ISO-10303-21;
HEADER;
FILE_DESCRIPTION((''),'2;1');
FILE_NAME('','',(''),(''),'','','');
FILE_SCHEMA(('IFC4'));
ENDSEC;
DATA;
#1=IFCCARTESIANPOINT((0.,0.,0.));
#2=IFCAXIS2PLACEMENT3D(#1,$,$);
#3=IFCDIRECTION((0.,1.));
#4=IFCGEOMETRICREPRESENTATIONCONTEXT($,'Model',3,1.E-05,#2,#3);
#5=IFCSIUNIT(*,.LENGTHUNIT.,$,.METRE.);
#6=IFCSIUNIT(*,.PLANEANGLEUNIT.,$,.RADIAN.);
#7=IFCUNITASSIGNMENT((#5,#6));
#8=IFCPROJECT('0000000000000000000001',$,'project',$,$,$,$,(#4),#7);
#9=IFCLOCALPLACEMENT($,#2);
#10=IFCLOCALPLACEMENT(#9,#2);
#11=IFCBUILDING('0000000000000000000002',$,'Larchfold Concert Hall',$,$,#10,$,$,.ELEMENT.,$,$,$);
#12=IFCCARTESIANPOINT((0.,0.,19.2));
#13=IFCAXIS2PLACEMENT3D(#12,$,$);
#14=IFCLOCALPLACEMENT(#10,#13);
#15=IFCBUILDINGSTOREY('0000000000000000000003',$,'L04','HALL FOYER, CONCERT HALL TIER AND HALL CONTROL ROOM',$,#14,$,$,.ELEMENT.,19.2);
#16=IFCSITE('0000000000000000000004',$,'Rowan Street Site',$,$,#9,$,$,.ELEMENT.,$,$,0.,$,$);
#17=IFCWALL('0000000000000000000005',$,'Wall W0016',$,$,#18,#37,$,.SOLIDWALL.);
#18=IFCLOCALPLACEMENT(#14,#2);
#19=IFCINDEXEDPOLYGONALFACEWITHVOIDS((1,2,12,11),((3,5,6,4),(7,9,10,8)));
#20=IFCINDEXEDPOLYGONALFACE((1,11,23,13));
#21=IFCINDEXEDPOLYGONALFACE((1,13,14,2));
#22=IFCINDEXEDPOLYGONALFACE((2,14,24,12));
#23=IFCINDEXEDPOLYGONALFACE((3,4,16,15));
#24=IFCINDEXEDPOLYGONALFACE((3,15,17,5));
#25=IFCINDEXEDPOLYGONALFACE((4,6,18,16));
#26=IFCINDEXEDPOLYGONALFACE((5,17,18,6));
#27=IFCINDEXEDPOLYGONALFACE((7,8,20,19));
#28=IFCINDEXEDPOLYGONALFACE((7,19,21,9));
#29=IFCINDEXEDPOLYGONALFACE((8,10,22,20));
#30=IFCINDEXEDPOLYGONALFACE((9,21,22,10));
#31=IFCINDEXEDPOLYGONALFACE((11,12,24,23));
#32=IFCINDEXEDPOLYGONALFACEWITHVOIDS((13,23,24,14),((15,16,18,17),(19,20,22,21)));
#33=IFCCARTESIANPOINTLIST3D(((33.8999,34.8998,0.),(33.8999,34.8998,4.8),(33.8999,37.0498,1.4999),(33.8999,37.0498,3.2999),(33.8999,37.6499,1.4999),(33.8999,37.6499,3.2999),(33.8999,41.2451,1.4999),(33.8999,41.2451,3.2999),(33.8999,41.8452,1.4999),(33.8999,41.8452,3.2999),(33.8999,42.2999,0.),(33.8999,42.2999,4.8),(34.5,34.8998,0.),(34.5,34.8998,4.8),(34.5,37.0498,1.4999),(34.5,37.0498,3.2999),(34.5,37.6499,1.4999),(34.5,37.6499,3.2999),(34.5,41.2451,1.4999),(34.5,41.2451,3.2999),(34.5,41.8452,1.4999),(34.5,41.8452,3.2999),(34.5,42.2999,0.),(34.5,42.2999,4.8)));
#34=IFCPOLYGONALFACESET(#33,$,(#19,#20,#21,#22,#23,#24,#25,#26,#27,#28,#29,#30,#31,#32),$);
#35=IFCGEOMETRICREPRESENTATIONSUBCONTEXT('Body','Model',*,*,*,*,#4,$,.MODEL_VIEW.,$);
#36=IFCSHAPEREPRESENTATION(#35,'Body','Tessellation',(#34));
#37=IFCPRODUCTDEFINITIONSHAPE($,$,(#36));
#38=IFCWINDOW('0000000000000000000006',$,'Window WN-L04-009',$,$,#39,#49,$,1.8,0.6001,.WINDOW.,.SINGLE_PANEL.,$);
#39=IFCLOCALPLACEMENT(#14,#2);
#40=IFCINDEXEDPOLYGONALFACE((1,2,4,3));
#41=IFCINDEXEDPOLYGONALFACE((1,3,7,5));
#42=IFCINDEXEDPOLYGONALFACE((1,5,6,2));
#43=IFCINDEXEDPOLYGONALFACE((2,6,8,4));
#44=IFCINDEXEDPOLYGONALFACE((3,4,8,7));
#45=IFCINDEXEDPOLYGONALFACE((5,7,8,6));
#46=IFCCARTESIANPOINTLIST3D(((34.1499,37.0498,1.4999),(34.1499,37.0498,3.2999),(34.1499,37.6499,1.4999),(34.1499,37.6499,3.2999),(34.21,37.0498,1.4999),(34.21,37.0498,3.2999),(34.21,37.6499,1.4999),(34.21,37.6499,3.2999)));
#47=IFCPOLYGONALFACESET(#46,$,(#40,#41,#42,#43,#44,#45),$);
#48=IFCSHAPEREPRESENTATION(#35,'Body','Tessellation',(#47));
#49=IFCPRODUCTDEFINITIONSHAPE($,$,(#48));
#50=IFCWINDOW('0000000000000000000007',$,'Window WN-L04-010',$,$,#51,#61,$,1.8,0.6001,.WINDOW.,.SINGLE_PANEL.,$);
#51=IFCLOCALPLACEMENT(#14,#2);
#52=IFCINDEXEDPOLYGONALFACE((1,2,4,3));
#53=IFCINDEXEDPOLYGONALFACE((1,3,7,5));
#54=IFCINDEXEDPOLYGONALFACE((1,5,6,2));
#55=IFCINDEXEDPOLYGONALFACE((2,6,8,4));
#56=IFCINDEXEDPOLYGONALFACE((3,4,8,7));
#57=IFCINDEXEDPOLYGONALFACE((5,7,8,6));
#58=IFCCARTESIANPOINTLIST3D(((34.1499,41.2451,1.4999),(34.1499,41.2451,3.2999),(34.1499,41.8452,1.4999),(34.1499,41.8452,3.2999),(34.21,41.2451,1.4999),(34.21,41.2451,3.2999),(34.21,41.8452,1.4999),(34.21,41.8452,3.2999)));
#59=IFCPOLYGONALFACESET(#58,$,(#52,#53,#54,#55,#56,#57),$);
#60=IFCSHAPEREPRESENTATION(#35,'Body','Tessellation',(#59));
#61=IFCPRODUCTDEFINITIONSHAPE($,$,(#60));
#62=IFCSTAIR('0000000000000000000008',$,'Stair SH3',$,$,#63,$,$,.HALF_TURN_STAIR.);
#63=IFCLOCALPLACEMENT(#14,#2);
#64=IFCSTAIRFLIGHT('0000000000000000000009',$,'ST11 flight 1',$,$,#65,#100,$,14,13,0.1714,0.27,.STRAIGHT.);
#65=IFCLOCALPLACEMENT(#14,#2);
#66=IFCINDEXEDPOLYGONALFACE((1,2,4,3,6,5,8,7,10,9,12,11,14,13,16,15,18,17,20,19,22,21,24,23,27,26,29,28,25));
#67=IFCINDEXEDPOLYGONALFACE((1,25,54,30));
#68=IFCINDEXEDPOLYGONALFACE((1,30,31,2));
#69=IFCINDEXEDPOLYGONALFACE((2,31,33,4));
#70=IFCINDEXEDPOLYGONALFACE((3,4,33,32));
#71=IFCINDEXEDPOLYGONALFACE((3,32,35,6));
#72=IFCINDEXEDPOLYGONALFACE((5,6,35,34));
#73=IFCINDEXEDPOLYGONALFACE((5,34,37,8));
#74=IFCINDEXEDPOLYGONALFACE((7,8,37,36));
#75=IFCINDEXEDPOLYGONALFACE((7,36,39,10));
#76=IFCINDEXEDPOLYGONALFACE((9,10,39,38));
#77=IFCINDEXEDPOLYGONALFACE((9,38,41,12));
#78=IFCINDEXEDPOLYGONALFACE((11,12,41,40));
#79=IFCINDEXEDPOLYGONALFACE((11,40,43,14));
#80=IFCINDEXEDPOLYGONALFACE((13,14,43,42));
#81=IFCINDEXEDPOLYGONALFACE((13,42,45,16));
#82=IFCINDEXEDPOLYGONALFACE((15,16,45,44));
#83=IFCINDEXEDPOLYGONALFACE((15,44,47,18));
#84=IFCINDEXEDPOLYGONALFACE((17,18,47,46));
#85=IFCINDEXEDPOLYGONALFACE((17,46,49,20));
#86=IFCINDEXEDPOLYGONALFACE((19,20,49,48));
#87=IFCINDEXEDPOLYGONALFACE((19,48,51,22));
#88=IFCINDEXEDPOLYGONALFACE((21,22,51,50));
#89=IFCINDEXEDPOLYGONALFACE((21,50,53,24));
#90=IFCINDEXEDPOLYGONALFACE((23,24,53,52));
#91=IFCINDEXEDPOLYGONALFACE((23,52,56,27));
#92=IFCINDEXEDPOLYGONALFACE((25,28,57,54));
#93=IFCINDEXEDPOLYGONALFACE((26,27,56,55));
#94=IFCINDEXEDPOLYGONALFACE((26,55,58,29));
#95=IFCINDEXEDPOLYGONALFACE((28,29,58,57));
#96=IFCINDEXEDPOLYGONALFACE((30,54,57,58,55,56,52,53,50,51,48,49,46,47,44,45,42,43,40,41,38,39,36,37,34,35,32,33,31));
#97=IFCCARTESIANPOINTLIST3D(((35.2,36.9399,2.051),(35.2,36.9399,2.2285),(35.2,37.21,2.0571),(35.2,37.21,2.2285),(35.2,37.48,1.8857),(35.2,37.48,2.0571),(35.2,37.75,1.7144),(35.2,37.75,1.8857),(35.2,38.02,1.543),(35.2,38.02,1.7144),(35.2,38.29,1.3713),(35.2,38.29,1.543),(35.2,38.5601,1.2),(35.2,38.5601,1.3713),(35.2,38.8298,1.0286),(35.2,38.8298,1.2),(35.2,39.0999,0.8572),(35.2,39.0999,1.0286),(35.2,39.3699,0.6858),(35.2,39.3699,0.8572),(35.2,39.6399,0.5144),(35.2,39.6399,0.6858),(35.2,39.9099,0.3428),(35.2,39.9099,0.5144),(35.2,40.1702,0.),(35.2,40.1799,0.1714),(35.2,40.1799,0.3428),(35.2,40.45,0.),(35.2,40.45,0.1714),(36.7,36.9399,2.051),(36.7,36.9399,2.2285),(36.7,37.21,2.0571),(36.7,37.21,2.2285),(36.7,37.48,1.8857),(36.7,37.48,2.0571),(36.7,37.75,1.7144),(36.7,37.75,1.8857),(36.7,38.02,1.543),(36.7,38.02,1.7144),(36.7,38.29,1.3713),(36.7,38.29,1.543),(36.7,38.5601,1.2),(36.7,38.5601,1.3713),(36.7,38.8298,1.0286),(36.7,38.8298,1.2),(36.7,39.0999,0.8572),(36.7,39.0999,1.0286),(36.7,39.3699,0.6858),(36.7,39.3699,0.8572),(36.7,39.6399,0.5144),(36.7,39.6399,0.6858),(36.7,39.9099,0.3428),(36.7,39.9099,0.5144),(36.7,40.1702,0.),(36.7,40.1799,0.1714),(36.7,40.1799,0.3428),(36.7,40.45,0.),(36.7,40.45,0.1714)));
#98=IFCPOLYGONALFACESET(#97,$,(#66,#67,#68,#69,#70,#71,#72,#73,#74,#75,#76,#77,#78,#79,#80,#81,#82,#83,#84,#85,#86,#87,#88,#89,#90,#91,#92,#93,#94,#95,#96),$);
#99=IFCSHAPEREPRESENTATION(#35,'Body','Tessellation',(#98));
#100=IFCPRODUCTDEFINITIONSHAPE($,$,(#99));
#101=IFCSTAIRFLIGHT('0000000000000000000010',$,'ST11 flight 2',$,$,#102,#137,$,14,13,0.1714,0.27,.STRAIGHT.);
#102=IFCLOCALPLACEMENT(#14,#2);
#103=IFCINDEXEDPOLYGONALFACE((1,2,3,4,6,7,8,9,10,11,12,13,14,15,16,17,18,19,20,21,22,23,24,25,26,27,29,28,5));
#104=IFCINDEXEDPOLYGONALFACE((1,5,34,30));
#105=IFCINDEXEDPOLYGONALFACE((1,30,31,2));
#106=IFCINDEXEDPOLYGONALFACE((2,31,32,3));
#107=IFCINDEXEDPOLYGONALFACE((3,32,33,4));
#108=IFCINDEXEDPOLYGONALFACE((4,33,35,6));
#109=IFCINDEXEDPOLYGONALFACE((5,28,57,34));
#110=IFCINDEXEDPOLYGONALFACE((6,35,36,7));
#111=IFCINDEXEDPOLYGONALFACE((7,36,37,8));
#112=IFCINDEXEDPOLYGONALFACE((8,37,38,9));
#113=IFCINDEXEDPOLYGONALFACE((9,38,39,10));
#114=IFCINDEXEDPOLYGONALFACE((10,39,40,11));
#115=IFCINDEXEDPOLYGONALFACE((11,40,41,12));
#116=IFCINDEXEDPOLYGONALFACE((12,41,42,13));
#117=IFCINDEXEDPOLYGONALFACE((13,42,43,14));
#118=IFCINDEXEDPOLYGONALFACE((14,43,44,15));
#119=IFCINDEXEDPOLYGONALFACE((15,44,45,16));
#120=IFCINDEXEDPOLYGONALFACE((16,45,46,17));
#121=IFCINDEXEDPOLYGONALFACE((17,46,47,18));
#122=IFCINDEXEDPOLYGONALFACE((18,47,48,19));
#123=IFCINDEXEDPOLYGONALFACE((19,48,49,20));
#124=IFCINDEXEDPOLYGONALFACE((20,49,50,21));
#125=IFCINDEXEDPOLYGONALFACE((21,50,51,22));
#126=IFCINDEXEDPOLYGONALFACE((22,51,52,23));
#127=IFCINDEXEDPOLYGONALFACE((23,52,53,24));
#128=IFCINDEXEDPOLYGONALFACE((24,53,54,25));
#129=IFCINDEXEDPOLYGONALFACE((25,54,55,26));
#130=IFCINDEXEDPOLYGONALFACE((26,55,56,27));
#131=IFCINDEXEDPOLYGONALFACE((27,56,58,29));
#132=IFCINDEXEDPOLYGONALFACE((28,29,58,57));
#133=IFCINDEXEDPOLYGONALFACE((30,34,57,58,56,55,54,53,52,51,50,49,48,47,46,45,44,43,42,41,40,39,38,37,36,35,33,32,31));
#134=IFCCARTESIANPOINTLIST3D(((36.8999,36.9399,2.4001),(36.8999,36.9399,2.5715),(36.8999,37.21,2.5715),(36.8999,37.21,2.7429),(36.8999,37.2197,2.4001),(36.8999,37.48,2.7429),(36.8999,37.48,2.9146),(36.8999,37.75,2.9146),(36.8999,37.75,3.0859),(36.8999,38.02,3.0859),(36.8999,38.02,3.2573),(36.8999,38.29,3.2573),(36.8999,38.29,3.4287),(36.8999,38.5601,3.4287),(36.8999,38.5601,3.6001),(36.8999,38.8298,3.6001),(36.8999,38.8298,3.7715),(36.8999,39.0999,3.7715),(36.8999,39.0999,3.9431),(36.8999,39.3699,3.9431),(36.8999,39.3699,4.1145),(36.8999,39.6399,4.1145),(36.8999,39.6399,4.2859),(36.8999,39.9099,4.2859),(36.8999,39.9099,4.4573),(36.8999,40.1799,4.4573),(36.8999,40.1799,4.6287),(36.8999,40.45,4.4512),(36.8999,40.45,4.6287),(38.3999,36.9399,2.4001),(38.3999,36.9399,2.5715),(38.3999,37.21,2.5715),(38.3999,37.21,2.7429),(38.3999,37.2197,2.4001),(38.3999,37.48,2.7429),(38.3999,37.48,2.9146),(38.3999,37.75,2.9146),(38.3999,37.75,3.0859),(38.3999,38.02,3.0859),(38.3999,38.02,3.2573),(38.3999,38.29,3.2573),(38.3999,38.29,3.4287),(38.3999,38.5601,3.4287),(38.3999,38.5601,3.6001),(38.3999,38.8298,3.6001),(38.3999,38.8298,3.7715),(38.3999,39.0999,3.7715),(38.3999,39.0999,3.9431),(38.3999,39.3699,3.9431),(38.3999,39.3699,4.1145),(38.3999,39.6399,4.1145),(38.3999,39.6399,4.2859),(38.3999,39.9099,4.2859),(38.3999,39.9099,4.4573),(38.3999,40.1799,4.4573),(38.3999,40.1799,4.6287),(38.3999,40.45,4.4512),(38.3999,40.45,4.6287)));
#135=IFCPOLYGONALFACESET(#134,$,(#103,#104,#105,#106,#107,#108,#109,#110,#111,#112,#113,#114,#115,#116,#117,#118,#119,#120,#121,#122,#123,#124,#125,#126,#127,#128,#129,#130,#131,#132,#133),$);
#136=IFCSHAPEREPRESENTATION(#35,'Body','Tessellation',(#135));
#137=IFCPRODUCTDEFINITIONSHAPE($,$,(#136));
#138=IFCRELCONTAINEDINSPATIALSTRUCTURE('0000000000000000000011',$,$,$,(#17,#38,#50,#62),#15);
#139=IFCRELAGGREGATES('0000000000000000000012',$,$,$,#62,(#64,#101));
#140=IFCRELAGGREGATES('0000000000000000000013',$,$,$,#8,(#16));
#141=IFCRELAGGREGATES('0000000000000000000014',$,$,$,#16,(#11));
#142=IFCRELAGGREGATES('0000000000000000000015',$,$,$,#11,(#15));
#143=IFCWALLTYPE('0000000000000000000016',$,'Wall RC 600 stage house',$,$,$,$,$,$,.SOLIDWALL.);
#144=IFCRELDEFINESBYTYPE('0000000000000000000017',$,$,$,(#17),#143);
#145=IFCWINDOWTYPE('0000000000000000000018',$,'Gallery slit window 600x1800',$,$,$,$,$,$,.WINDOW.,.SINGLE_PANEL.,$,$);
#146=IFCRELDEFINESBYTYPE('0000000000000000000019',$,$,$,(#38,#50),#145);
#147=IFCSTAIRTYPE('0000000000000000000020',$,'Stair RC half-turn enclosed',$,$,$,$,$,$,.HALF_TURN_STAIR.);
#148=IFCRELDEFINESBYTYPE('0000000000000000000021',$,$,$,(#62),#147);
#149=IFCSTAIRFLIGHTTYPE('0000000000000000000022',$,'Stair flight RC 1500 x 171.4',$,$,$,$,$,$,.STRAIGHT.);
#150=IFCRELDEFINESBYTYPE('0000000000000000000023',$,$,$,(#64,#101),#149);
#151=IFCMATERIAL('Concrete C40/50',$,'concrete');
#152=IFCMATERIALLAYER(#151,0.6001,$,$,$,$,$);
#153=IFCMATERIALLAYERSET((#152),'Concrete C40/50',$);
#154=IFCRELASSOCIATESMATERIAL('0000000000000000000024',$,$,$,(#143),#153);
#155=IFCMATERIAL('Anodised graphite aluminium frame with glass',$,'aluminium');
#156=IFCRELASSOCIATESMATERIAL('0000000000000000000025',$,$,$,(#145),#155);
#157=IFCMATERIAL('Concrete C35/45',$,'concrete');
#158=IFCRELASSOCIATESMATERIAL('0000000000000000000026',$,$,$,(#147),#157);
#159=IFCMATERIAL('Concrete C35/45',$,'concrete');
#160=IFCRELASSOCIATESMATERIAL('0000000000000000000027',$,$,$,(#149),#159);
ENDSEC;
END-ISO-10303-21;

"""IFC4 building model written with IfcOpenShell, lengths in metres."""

from ifc_helpers import new_model, si_unit, direction, frame, frame_2d, origin, place, context, subcontext, project, spatial, polyline, rectangle, outline, extrude, material, layer, layer_set, type_object, element, fill, aggregate, save


model = new_model("IFC4")

# Units and contexts
model_context = context("Model", 3, precision=1e-05, world=origin(), true_north=direction((0.0, 1.0)))
body_context = subcontext(model_context, "Body", "Model", "MODEL_VIEW")
ifc_project = project(units=[si_unit("LENGTHUNIT", "METRE"), si_unit("PLANEANGLEUNIT", "RADIAN")], contexts=[model_context])

# Site, building, storey
site_placement = place(None, origin())
site = spatial("IfcSite", under=ifc_project, at=site_placement, Name="Rowan Street Site", CompositionType="ELEMENT", RefElevation=0.0)
building_placement = place(site_placement, origin())
building = spatial("IfcBuilding", under=site, at=building_placement, Name="Larchfold Concert Hall", CompositionType="ELEMENT")
storey_placement = place(building_placement, frame((0.0, 0.0, 19.2)))
storey = spatial("IfcBuildingStorey", under=building, at=storey_placement, Name="L04", Description="HALL FOYER, CONCERT HALL TIER AND HALL CONTROL ROOM", CompositionType="ELEMENT", Elevation=19.2)

# Shared definitions
ifc_material_1 = material(Name="Concrete C40/50", Category="concrete")
ifc_layer_1 = layer(ifc_material_1, 0.6001)
ifc_layer_set_1 = layer_set([ifc_layer_1], Name="Concrete C40/50")
wall_type_1 = type_object("IfcWallType", Name="Wall RC 600 stage house", PredefinedType="SOLIDWALL", material=ifc_layer_set_1)
ifc_material_2 = material(Name="Anodised graphite aluminium frame with glass", Category="aluminium")
window_type = type_object("IfcWindowType", Name="Gallery slit window 600x1800", PartitioningType="SINGLE_PANEL", PredefinedType="WINDOW", material=ifc_material_2)

# Wall, openings, windows
wall_1_placement = place(storey_placement, frame((34.2, 42.3, 0.0), z_axis=(0.0, 0.0, 1.0), x_axis=(0.0, -1.0, 0.0)))
wall_1 = element("IfcWall", 1, at=wall_1_placement, inside=storey, type_object=wall_type_1, Name="Wall W0016", PredefinedType="SOLIDWALL", context=body_context, shape_type="SweptSolid", body=[
    extrude(rectangle(XDim=7.4001, YDim=0.6001, at=frame_2d((3.7002, 0.0))), origin(), (0.0, 0.0, 1.0), 4.8),
])
opening_1_placement = place(wall_1_placement, frame((4.6501, 0.0, 1.5)))
opening_1 = element("IfcOpeningElement", 2, at=opening_1_placement, cuts=wall_1, PredefinedType="OPENING", context=body_context, shape_type="SweptSolid", body=[
    extrude(rectangle(XDim=0.6001, YDim=1.8, at=frame_2d((0.3, 0.8999))), frame((0.0, 0.3101, 0.0), z_axis=(0.0, -1.0, 0.0), x_axis=(1.0, 0.0, 0.0)), (0.0, 0.0, 1.0), 0.6201),
])
opening_2_placement = place(wall_1_placement, frame((0.4548, 0.0, 1.5)))
opening_2 = element("IfcOpeningElement", 3, at=opening_2_placement, cuts=wall_1, PredefinedType="OPENING", context=body_context, shape_type="SweptSolid", body=[
    extrude(rectangle(XDim=0.6001, YDim=1.8, at=frame_2d((0.3, 0.8999))), frame((0.0, 0.3101, 0.0), z_axis=(0.0, -1.0, 0.0), x_axis=(1.0, 0.0, 0.0)), (0.0, 0.0, 1.0), 0.6201),
])
window_1_placement = place(opening_1_placement, origin())
window_1 = element("IfcWindow", 4, at=window_1_placement, inside=storey, type_object=window_type, Name="Window WN-L04-009", OverallHeight=1.8, OverallWidth=0.6001, PartitioningType="SINGLE_PANEL", PredefinedType="WINDOW", context=body_context, shape_type="SweptSolid", body=[
    extrude(rectangle(XDim=0.6001, YDim=1.8, at=frame_2d((0.3, 0.8999))), frame((0.0, 0.01, 0.0), z_axis=(0.0, -1.0, 0.0), x_axis=(1.0, 0.0, 0.0)), (0.0, 0.0, 1.0), 0.0601),
])
fill(opening_1, window_1)
window_2_placement = place(opening_2_placement, origin())
window_2 = element("IfcWindow", 5, at=window_2_placement, inside=storey, type_object=window_type, Name="Window WN-L04-010", OverallHeight=1.8, OverallWidth=0.6001, PartitioningType="SINGLE_PANEL", PredefinedType="WINDOW", context=body_context, shape_type="SweptSolid", body=[
    extrude(rectangle(XDim=0.6001, YDim=1.8, at=frame_2d((0.3, 0.8999))), frame((0.0, 0.01, 0.0), z_axis=(0.0, -1.0, 0.0), x_axis=(1.0, 0.0, 0.0)), (0.0, 0.0, 1.0), 0.0601),
])
fill(opening_2, window_2)

# Stair, stair flights
ifc_material_3 = material(Name="Concrete C35/45", Category="concrete")
stair_type = type_object("IfcStairType", Name="Stair RC half-turn enclosed", PredefinedType="HALF_TURN_STAIR", material=ifc_material_3)
stair_placement = place(storey_placement, origin())
stair = element("IfcStair", 6, at=stair_placement, inside=storey, type_object=stair_type, Name="Stair SH3", PredefinedType="HALF_TURN_STAIR")
ifc_material_4 = material(Name="Concrete C35/45", Category="concrete")
stair_flight_type = type_object("IfcStairFlightType", Name="Stair flight RC 1500 x 171.4", PredefinedType="STRAIGHT", material=ifc_material_4)
stair_flight_1_placement = place(storey_placement, frame((35.95, 40.45, 0.0), z_axis=(0.0, 0.0, 1.0), x_axis=(0.0, -1.0, 0.0)))
stair_flight_1 = element("IfcStairFlight", 7, at=stair_flight_1_placement, type_object=stair_flight_type, Name="ST11 flight 1", NumberOfRisers=14, NumberOfTreads=13, PredefinedType="STRAIGHT", RiserHeight=0.1714, TreadLength=0.27, context=body_context, shape_type="SweptSolid", body=[
    extrude(outline(polyline([(0.0, 0.0), (0.0, 0.1714), (0.27, 0.1714), (0.27, 0.3428), (0.54, 0.3428), (0.54, 0.5144), (0.8101, 0.5144), (0.8101, 0.6858), (1.0801, 0.6858), (1.0801, 0.8572), (1.3501, 0.8572), (1.3501, 1.0286), (1.6201, 1.0286), (1.6201, 1.2), (1.8899, 1.2), (1.8899, 1.3713), (2.1599, 1.3713), (2.1599, 1.543), (2.4299, 1.543), (2.4299, 1.7144), (2.7, 1.7144), (2.7, 1.8857), (2.97, 1.8857), (2.97, 2.0571), (3.24, 2.0571), (3.24, 2.2285), (3.51, 2.2285), (3.51, 2.3999), (3.51, 2.051), (0.2798, 0.0), (0.0, 0.0)])), frame((0.0, 0.75, 0.0), z_axis=(0.0, -1.0, 0.0), x_axis=(1.0, 0.0, 0.0)), (0.0, 0.0, 1.0), 1.5),
])
stair_flight_2_placement = place(storey_placement, frame((37.6499, 36.9399, 2.4001), z_axis=(0.0, 0.0, 1.0), x_axis=(0.0, 1.0, 0.0)))
stair_flight_2 = element("IfcStairFlight", 8, at=stair_flight_2_placement, type_object=stair_flight_type, Name="ST11 flight 2", NumberOfRisers=14, NumberOfTreads=13, PredefinedType="STRAIGHT", RiserHeight=0.1714, TreadLength=0.27, context=body_context, shape_type="SweptSolid", body=[
    extrude(outline(polyline([(0.0, 0.0), (0.0, 0.1714), (0.27, 0.1714), (0.27, 0.3428), (0.54, 0.3428), (0.54, 0.5144), (0.8101, 0.5144), (0.8101, 0.6858), (1.0801, 0.6858), (1.0801, 0.8572), (1.3501, 0.8572), (1.3501, 1.0286), (1.6201, 1.0286), (1.6201, 1.2), (1.8899, 1.2), (1.8899, 1.3713), (2.1599, 1.3713), (2.1599, 1.543), (2.4299, 1.543), (2.4299, 1.7144), (2.7, 1.7144), (2.7, 1.8857), (2.97, 1.8857), (2.97, 2.0571), (3.24, 2.0571), (3.24, 2.2285), (3.51, 2.2285), (3.51, 2.3999), (3.51, 2.051), (0.2798, 0.0), (0.0, 0.0)])), frame((0.0, 0.75, 0.0), z_axis=(0.0, -1.0, 0.0), x_axis=(1.0, 0.0, 0.0)), (0.0, 0.0, 1.0), 1.5),
])
aggregate(stair, [stair_flight_1, stair_flight_2])

save(model, "model.ifc")
